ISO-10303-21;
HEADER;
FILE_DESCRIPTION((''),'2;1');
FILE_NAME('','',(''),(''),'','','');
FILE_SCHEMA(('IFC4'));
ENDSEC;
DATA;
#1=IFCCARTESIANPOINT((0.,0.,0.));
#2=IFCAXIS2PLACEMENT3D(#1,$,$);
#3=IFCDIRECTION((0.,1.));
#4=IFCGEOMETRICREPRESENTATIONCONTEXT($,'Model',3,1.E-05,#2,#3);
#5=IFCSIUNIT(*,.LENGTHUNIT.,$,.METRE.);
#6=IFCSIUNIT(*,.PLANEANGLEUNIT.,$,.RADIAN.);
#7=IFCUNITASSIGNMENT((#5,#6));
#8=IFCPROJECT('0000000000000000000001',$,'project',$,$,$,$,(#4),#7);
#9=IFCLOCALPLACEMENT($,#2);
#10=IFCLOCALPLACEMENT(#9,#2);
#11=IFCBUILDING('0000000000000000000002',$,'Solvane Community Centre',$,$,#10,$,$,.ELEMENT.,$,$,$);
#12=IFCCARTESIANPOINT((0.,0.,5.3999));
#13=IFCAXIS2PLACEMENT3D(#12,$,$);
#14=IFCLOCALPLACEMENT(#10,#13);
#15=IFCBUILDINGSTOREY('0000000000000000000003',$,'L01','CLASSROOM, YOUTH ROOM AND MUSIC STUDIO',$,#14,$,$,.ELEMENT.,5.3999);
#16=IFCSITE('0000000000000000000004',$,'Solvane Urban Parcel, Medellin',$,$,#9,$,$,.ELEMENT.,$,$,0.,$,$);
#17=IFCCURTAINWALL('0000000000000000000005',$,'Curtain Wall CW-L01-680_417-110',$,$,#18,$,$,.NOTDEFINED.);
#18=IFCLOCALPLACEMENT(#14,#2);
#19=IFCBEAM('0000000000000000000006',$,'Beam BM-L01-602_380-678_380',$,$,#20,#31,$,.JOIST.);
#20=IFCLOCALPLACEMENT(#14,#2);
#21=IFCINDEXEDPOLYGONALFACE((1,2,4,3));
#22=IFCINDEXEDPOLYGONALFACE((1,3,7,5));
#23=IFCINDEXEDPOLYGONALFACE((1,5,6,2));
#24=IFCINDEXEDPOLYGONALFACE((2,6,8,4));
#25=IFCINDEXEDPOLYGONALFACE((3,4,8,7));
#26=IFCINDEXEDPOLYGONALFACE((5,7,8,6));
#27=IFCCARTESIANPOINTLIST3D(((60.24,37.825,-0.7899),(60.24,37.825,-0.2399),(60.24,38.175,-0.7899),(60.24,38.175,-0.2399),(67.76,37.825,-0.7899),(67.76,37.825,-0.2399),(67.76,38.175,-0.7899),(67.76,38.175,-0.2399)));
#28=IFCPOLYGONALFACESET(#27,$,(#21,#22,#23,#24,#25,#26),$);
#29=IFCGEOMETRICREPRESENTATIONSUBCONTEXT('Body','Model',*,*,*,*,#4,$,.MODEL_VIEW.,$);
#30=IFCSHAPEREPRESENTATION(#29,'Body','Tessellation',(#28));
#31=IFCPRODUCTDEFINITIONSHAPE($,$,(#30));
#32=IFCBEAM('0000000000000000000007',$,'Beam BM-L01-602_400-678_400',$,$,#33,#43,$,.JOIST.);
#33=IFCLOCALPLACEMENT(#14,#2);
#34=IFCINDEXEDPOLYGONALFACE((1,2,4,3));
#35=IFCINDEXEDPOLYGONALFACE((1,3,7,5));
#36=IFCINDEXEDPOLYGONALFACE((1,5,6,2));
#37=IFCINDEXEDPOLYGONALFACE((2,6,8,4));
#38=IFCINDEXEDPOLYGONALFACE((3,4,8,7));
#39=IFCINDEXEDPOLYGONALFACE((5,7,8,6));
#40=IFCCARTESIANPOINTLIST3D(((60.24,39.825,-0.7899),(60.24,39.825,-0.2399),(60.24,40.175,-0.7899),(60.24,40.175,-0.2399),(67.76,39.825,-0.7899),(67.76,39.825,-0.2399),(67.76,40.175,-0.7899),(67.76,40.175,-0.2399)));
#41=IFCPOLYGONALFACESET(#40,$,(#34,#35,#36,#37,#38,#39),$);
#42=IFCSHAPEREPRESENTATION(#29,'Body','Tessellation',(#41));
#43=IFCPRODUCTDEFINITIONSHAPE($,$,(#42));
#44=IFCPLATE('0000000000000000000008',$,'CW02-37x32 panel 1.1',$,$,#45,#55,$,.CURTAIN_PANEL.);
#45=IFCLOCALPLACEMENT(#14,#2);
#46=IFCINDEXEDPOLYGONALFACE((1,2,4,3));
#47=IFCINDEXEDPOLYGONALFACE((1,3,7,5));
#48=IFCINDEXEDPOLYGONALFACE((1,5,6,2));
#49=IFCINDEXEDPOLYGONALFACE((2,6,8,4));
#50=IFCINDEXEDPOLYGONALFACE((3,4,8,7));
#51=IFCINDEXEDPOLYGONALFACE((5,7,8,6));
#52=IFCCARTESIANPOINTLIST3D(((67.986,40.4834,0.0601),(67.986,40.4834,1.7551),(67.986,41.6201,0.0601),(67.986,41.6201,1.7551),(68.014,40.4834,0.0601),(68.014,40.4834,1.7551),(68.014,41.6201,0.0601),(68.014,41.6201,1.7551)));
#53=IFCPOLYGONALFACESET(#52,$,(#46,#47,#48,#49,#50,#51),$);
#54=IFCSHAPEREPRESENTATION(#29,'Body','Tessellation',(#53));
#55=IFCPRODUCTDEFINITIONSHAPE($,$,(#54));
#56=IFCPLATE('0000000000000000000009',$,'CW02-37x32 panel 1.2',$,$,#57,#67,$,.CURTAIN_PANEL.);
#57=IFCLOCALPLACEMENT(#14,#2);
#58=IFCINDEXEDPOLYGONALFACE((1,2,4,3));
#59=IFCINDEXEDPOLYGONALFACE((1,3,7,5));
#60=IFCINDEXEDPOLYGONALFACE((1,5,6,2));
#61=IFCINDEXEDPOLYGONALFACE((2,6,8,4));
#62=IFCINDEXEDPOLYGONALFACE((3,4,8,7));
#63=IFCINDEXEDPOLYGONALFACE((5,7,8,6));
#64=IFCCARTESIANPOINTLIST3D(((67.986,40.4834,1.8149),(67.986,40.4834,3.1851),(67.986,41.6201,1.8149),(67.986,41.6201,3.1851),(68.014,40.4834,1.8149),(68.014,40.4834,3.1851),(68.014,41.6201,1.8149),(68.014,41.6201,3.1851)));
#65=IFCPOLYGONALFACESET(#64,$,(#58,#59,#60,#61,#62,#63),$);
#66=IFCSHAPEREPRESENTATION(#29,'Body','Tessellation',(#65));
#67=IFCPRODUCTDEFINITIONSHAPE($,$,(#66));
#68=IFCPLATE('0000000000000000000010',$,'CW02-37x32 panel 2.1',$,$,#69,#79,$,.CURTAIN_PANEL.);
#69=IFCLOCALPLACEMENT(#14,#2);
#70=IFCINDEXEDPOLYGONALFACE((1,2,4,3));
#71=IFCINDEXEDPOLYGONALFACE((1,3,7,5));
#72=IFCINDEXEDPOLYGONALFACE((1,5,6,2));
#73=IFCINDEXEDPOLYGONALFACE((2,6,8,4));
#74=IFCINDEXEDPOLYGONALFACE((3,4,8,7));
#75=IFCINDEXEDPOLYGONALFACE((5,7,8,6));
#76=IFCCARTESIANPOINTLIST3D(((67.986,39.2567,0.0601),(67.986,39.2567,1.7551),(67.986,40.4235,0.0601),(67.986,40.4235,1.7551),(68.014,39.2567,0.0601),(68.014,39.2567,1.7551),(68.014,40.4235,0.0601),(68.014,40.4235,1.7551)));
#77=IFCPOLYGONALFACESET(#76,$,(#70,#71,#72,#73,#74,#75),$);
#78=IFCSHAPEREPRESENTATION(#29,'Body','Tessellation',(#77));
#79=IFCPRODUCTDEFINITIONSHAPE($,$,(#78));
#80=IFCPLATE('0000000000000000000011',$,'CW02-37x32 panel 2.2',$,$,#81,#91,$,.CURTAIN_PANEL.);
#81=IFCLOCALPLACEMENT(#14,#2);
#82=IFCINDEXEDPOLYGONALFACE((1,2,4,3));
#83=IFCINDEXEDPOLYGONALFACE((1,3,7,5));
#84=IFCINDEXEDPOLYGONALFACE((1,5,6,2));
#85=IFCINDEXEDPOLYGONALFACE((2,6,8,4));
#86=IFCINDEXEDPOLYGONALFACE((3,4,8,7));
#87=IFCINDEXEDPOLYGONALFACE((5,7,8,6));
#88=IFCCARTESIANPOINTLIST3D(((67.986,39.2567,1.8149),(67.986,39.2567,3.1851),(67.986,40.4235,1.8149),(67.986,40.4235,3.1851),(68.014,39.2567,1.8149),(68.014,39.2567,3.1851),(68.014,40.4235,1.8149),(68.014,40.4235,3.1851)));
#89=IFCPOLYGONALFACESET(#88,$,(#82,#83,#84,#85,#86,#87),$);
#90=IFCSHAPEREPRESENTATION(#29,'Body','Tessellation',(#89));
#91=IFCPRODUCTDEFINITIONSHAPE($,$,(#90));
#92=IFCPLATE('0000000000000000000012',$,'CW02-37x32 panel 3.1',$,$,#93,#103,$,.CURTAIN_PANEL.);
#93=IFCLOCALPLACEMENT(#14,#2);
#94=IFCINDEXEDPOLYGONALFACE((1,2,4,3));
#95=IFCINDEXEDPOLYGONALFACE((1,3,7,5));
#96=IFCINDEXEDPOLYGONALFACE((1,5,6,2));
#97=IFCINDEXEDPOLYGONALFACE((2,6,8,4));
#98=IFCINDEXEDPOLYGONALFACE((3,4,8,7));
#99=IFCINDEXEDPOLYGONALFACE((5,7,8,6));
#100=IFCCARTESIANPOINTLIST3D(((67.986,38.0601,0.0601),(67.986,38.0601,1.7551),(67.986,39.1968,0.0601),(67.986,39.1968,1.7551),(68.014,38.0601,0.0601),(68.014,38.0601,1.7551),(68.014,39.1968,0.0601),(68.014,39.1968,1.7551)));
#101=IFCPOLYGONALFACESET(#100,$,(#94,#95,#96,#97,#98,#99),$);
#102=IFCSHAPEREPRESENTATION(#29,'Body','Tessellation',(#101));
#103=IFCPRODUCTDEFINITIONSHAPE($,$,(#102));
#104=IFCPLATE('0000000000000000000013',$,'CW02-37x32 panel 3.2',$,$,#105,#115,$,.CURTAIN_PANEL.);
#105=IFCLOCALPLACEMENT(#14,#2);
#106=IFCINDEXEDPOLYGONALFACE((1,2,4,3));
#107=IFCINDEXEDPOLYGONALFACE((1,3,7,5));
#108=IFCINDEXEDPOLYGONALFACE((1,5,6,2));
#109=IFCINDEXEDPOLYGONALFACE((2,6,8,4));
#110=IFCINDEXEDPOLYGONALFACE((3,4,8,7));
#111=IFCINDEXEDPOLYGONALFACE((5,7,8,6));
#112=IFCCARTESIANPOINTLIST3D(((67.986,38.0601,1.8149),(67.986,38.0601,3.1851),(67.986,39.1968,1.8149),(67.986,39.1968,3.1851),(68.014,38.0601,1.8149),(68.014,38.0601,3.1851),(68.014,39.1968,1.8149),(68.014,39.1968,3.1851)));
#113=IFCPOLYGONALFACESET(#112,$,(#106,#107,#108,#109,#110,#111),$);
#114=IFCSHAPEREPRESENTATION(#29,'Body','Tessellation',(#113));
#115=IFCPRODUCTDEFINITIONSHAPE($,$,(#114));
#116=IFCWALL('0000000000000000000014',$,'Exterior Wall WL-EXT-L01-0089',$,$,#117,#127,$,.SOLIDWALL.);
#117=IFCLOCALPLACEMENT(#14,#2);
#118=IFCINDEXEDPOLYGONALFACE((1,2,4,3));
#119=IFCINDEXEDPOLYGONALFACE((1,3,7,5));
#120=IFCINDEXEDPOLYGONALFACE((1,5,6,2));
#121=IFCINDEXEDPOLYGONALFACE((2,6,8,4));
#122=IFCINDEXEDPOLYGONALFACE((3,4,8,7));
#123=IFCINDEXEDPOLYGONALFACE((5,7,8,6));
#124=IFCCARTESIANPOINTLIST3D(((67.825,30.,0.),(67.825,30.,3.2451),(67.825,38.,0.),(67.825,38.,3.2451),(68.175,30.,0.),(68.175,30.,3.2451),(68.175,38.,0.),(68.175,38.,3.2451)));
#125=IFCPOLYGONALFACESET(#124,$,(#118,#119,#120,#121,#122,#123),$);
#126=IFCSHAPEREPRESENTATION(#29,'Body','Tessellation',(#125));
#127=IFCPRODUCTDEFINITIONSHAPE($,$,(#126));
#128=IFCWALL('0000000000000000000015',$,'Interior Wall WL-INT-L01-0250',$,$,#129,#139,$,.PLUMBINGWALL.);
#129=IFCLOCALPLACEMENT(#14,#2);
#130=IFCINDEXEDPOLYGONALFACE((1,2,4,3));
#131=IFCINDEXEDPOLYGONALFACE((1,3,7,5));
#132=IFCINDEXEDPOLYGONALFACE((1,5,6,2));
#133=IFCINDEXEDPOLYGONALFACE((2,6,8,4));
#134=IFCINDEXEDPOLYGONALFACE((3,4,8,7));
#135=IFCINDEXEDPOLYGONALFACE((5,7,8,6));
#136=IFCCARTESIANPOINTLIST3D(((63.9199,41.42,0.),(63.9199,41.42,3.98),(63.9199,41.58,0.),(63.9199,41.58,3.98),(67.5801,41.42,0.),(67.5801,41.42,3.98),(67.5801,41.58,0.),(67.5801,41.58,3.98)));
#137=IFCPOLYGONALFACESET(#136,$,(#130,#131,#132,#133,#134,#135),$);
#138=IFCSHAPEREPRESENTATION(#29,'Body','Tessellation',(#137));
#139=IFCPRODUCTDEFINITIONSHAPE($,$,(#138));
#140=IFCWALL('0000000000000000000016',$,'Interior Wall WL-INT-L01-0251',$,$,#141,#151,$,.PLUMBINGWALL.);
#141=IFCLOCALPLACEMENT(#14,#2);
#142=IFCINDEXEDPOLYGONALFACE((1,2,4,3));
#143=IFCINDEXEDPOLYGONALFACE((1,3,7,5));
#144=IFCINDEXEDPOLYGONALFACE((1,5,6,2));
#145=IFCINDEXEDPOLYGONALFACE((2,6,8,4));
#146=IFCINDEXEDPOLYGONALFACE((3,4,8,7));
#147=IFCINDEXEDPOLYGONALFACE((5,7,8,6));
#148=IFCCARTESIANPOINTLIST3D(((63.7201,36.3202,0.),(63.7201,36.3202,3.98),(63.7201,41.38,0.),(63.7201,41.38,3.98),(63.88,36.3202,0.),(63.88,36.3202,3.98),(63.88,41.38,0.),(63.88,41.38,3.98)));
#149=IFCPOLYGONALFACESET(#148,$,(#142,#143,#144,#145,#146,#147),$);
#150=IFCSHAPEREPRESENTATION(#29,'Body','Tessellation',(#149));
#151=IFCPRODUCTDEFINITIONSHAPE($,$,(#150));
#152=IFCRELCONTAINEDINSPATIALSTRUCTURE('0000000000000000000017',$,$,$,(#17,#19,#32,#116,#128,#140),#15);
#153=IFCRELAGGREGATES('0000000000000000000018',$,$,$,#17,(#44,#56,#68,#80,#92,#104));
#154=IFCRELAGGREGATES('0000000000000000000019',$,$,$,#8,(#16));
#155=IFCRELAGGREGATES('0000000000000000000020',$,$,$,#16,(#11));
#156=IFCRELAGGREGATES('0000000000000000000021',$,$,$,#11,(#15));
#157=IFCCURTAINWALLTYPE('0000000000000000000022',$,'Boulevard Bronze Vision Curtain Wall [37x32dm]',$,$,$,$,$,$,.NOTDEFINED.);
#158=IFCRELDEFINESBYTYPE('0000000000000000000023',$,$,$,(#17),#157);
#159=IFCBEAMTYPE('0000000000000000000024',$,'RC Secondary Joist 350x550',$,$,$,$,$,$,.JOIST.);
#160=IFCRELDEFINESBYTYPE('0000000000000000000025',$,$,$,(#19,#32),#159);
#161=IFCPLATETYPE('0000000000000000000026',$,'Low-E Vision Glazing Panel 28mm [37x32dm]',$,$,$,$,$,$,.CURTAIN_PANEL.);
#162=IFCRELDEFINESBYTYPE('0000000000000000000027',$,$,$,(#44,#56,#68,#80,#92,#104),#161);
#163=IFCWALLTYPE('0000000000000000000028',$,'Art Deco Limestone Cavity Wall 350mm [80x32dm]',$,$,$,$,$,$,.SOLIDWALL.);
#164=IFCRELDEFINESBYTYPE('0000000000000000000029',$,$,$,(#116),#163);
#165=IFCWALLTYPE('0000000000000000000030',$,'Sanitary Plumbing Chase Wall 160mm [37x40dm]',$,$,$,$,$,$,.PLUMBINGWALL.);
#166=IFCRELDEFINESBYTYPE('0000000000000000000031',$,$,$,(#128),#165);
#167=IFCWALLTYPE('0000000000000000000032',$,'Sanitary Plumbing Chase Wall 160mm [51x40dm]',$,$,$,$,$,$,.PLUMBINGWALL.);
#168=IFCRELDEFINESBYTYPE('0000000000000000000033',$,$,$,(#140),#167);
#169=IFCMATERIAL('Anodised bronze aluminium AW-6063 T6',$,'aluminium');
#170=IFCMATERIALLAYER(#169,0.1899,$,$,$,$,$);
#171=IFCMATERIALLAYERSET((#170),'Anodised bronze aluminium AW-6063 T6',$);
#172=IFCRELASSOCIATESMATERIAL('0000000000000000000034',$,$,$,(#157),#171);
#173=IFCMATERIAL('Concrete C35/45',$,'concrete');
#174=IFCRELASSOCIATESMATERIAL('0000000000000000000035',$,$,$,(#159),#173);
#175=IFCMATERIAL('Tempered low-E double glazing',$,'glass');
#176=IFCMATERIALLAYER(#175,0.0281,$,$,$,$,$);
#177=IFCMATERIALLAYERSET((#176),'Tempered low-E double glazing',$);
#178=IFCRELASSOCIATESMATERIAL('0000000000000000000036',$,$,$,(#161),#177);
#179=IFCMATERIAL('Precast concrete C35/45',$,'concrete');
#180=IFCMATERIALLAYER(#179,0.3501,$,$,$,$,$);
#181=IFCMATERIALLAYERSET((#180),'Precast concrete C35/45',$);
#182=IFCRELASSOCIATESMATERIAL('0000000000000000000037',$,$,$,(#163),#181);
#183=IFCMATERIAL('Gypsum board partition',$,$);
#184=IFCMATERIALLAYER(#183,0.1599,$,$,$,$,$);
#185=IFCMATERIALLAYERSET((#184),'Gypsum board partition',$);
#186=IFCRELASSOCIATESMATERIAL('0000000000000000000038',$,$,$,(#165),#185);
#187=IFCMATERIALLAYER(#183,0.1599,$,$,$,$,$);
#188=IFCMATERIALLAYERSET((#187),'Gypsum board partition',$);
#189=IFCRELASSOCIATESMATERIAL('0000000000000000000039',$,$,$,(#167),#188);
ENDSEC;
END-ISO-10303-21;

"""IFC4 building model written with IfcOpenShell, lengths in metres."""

from ifc_helpers import new_model, si_unit, direction, frame, frame_2d, origin, origin_2d, place, context, subcontext, project, spatial, rectangle, extrude, material, layer, layer_set, material_profile, profile_set, type_object, element, aggregate, save


model = new_model("IFC4")

# Units and contexts
model_context = context("Model", 3, precision=1e-05, world=origin(), true_north=direction((0.0, 1.0)))
body_context = subcontext(model_context, "Body", "Model", "MODEL_VIEW")
ifc_project = project(units=[si_unit("LENGTHUNIT", "METRE"), si_unit("PLANEANGLEUNIT", "RADIAN")], contexts=[model_context])

# Site, building, storey
site_placement = place(None, origin())
site = spatial("IfcSite", under=ifc_project, at=site_placement, Name="Solvane Urban Parcel, Medellin", CompositionType="ELEMENT", RefElevation=0.0)
building_placement = place(site_placement, origin())
building = spatial("IfcBuilding", under=site, at=building_placement, Name="Solvane Community Centre", CompositionType="ELEMENT")
storey_placement = place(building_placement, frame((0.0, 0.0, 5.3999)))
storey = spatial("IfcBuildingStorey", under=building, at=storey_placement, Name="L01", Description="CLASSROOM, YOUTH ROOM AND MUSIC STUDIO", CompositionType="ELEMENT", Elevation=5.3999)

# Shared definitions
ifc_material_1 = material(Name="Concrete C35/45", Category="concrete")

# Curtain wall
ifc_material_2 = material(Name="Anodised bronze aluminium AW-6063 T6", Category="aluminium")
ifc_layer_1 = layer(ifc_material_2, 0.1899)
ifc_layer_set_1 = layer_set([ifc_layer_1], Name="Anodised bronze aluminium AW-6063 T6")
curtain_wall_type = type_object("IfcCurtainWallType", Name="Boulevard Bronze Vision Curtain Wall [37x32dm]", PredefinedType="NOTDEFINED", material=ifc_layer_set_1)
curtain_wall_placement = place(storey_placement, origin())
curtain_wall = element("IfcCurtainWall", 1, at=curtain_wall_placement, inside=storey, type_object=curtain_wall_type, Name="Curtain Wall CW-L01-680_417-110", PredefinedType="NOTDEFINED")

# Beams
ifc_material_profile_1 = material_profile(ifc_material_1, rectangle(XDim=0.3501, YDim=0.55, at=origin_2d()), Name="RC 350x550")
ifc_profile_set_1 = profile_set([ifc_material_profile_1], Name="Concrete C35/45")
beam_type_1 = type_object("IfcBeamType", Name="RC Secondary Joist 350x550", PredefinedType="JOIST", material=ifc_profile_set_1)
for number, where, z_axis, x_axis, name in (
    (2, (60.24, 38.0, -0.5149), (1.0, 0.0, 0.0), (0.0, 1.0, 0.0), "Beam BM-L01-602_380-678_380"),
    (3, (60.24, 40.0, -0.5149), (1.0, 0.0, 0.0), (0.0, 1.0, 0.0), "Beam BM-L01-602_400-678_400"),
):
    element("IfcBeam", number, at=place(storey_placement, frame(where, z_axis=z_axis, x_axis=x_axis)), inside=storey, type_object=beam_type_1, Name=name, PredefinedType="JOIST", context=body_context, shape_type="SweptSolid", body=[
        extrude(rectangle(XDim=0.3501, YDim=0.55, at=origin_2d()), origin(), (0.0, 0.0, 1.0), 7.52),
    ])

# Plates
ifc_material_3 = material(Name="Tempered low-E double glazing", Category="glass")
ifc_layer_2 = layer(ifc_material_3, 0.0281)
ifc_layer_set_2 = layer_set([ifc_layer_2], Name="Tempered low-E double glazing")
plate_type = type_object("IfcPlateType", Name="Low-E Vision Glazing Panel 28mm [37x32dm]", PredefinedType="CURTAIN_PANEL", material=ifc_layer_set_2)
plate_1_placement = place(storey_placement, frame((68.0, 41.0518, 0.0601), z_axis=(0.0, 0.0, 1.0), x_axis=(0.0, -1.0, 0.0)))
plate_1 = element("IfcPlate", 4, at=plate_1_placement, type_object=plate_type, Name="CW02-37x32 panel 1.1", PredefinedType="CURTAIN_PANEL", context=body_context, shape_type="SweptSolid", body=[
    extrude(rectangle(XDim=1.1367, YDim=0.0281, at=origin_2d()), origin(), (0.0, 0.0, 1.0), 1.6951),
])
plate_2_placement = place(storey_placement, frame((68.0, 41.0518, 1.8149), z_axis=(0.0, 0.0, 1.0), x_axis=(0.0, -1.0, 0.0)))
plate_2 = element("IfcPlate", 5, at=plate_2_placement, type_object=plate_type, Name="CW02-37x32 panel 1.2", PredefinedType="CURTAIN_PANEL", context=body_context, shape_type="SweptSolid", body=[
    extrude(rectangle(XDim=1.1367, YDim=0.0281, at=origin_2d()), origin(), (0.0, 0.0, 1.0), 1.3701),
])
plate_3_placement = place(storey_placement, frame((68.0, 39.8401, 0.0601), z_axis=(0.0, 0.0, 1.0), x_axis=(0.0, -1.0, 0.0)))
plate_3 = element("IfcPlate", 6, at=plate_3_placement, type_object=plate_type, Name="CW02-37x32 panel 2.1", PredefinedType="CURTAIN_PANEL", context=body_context, shape_type="SweptSolid", body=[
    extrude(rectangle(XDim=1.1667, YDim=0.0281, at=origin_2d()), origin(), (0.0, 0.0, 1.0), 1.6951),
])
plate_4_placement = place(storey_placement, frame((68.0, 39.8401, 1.8149), z_axis=(0.0, 0.0, 1.0), x_axis=(0.0, -1.0, 0.0)))
plate_4 = element("IfcPlate", 7, at=plate_4_placement, type_object=plate_type, Name="CW02-37x32 panel 2.2", PredefinedType="CURTAIN_PANEL", context=body_context, shape_type="SweptSolid", body=[
    extrude(rectangle(XDim=1.1667, YDim=0.0281, at=origin_2d()), origin(), (0.0, 0.0, 1.0), 1.3701),
])
plate_5_placement = place(storey_placement, frame((68.0, 38.6284, 0.0601), z_axis=(0.0, 0.0, 1.0), x_axis=(0.0, -1.0, 0.0)))
plate_5 = element("IfcPlate", 8, at=plate_5_placement, type_object=plate_type, Name="CW02-37x32 panel 3.1", PredefinedType="CURTAIN_PANEL", context=body_context, shape_type="SweptSolid", body=[
    extrude(rectangle(XDim=1.1367, YDim=0.0281, at=origin_2d()), origin(), (0.0, 0.0, 1.0), 1.6951),
])
plate_6_placement = place(storey_placement, frame((68.0, 38.6284, 1.8149), z_axis=(0.0, 0.0, 1.0), x_axis=(0.0, -1.0, 0.0)))
plate_6 = element("IfcPlate", 9, at=plate_6_placement, type_object=plate_type, Name="CW02-37x32 panel 3.2", PredefinedType="CURTAIN_PANEL", context=body_context, shape_type="SweptSolid", body=[
    extrude(rectangle(XDim=1.1367, YDim=0.0281, at=origin_2d()), origin(), (0.0, 0.0, 1.0), 1.3701),
])
aggregate(curtain_wall, [plate_1, plate_2, plate_3, plate_4, plate_5, plate_6])

# Wall
ifc_material_4 = material(Name="Precast concrete C35/45", Category="concrete")
ifc_layer_3 = layer(ifc_material_4, 0.3501)
ifc_layer_set_3 = layer_set([ifc_layer_3], Name="Precast concrete C35/45")
wall_type_1 = type_object("IfcWallType", Name="Art Deco Limestone Cavity Wall 350mm [80x32dm]", PredefinedType="SOLIDWALL", material=ifc_layer_set_3)
wall_1_placement = place(storey_placement, frame((68.0, 38.0, 0.0), z_axis=(0.0, 0.0, 1.0), x_axis=(0.0, -1.0, 0.0)))
element("IfcWall", 10, at=wall_1_placement, inside=storey, type_object=wall_type_1, Name="Exterior Wall WL-EXT-L01-0089", PredefinedType="SOLIDWALL", context=body_context, shape_type="SweptSolid", body=[
    extrude(rectangle(XDim=8.0, YDim=0.3501, at=frame_2d((4.0, 0.0))), origin(), (0.0, 0.0, 1.0), 3.2451),
])

# Shared definitions
ifc_material_5 = material(Name="Gypsum board partition")

# Walls
ifc_layer_4 = layer(ifc_material_5, 0.1599)
ifc_layer_set_4 = layer_set([ifc_layer_4], Name="Gypsum board partition")
wall_type_2 = type_object("IfcWallType", Name="Sanitary Plumbing Chase Wall 160mm [37x40dm]", PredefinedType="PLUMBINGWALL", material=ifc_layer_set_4)
wall_2_placement = place(storey_placement, frame((67.5801, 41.5, 0.0), z_axis=(0.0, 0.0, 1.0), x_axis=(-1.0, 0.0, 0.0)))
element("IfcWall", 11, at=wall_2_placement, inside=storey, type_object=wall_type_2, Name="Interior Wall WL-INT-L01-0250", PredefinedType="PLUMBINGWALL", context=body_context, shape_type="SweptSolid", body=[
    extrude(rectangle(XDim=3.6602, YDim=0.1599, at=frame_2d((1.8301, 0.0))), origin(), (0.0, 0.0, 1.0), 3.98),
])
ifc_layer_5 = layer(ifc_material_5, 0.1599)
ifc_layer_set_5 = layer_set([ifc_layer_5], Name="Gypsum board partition")
wall_type_3 = type_object("IfcWallType", Name="Sanitary Plumbing Chase Wall 160mm [51x40dm]", PredefinedType="PLUMBINGWALL", material=ifc_layer_set_5)
wall_3_placement = place(storey_placement, frame((63.8, 41.3799, 0.0), z_axis=(0.0, 0.0, 1.0), x_axis=(0.0, -1.0, 0.0)))
element("IfcWall", 12, at=wall_3_placement, inside=storey, type_object=wall_type_3, Name="Interior Wall WL-INT-L01-0251", PredefinedType="PLUMBINGWALL", context=body_context, shape_type="SweptSolid", body=[
    extrude(rectangle(XDim=5.0598, YDim=0.1599, at=frame_2d((2.5298, 0.0))), origin(), (0.0, 0.0, 1.0), 3.98),
])

save(model, "model.ifc")
